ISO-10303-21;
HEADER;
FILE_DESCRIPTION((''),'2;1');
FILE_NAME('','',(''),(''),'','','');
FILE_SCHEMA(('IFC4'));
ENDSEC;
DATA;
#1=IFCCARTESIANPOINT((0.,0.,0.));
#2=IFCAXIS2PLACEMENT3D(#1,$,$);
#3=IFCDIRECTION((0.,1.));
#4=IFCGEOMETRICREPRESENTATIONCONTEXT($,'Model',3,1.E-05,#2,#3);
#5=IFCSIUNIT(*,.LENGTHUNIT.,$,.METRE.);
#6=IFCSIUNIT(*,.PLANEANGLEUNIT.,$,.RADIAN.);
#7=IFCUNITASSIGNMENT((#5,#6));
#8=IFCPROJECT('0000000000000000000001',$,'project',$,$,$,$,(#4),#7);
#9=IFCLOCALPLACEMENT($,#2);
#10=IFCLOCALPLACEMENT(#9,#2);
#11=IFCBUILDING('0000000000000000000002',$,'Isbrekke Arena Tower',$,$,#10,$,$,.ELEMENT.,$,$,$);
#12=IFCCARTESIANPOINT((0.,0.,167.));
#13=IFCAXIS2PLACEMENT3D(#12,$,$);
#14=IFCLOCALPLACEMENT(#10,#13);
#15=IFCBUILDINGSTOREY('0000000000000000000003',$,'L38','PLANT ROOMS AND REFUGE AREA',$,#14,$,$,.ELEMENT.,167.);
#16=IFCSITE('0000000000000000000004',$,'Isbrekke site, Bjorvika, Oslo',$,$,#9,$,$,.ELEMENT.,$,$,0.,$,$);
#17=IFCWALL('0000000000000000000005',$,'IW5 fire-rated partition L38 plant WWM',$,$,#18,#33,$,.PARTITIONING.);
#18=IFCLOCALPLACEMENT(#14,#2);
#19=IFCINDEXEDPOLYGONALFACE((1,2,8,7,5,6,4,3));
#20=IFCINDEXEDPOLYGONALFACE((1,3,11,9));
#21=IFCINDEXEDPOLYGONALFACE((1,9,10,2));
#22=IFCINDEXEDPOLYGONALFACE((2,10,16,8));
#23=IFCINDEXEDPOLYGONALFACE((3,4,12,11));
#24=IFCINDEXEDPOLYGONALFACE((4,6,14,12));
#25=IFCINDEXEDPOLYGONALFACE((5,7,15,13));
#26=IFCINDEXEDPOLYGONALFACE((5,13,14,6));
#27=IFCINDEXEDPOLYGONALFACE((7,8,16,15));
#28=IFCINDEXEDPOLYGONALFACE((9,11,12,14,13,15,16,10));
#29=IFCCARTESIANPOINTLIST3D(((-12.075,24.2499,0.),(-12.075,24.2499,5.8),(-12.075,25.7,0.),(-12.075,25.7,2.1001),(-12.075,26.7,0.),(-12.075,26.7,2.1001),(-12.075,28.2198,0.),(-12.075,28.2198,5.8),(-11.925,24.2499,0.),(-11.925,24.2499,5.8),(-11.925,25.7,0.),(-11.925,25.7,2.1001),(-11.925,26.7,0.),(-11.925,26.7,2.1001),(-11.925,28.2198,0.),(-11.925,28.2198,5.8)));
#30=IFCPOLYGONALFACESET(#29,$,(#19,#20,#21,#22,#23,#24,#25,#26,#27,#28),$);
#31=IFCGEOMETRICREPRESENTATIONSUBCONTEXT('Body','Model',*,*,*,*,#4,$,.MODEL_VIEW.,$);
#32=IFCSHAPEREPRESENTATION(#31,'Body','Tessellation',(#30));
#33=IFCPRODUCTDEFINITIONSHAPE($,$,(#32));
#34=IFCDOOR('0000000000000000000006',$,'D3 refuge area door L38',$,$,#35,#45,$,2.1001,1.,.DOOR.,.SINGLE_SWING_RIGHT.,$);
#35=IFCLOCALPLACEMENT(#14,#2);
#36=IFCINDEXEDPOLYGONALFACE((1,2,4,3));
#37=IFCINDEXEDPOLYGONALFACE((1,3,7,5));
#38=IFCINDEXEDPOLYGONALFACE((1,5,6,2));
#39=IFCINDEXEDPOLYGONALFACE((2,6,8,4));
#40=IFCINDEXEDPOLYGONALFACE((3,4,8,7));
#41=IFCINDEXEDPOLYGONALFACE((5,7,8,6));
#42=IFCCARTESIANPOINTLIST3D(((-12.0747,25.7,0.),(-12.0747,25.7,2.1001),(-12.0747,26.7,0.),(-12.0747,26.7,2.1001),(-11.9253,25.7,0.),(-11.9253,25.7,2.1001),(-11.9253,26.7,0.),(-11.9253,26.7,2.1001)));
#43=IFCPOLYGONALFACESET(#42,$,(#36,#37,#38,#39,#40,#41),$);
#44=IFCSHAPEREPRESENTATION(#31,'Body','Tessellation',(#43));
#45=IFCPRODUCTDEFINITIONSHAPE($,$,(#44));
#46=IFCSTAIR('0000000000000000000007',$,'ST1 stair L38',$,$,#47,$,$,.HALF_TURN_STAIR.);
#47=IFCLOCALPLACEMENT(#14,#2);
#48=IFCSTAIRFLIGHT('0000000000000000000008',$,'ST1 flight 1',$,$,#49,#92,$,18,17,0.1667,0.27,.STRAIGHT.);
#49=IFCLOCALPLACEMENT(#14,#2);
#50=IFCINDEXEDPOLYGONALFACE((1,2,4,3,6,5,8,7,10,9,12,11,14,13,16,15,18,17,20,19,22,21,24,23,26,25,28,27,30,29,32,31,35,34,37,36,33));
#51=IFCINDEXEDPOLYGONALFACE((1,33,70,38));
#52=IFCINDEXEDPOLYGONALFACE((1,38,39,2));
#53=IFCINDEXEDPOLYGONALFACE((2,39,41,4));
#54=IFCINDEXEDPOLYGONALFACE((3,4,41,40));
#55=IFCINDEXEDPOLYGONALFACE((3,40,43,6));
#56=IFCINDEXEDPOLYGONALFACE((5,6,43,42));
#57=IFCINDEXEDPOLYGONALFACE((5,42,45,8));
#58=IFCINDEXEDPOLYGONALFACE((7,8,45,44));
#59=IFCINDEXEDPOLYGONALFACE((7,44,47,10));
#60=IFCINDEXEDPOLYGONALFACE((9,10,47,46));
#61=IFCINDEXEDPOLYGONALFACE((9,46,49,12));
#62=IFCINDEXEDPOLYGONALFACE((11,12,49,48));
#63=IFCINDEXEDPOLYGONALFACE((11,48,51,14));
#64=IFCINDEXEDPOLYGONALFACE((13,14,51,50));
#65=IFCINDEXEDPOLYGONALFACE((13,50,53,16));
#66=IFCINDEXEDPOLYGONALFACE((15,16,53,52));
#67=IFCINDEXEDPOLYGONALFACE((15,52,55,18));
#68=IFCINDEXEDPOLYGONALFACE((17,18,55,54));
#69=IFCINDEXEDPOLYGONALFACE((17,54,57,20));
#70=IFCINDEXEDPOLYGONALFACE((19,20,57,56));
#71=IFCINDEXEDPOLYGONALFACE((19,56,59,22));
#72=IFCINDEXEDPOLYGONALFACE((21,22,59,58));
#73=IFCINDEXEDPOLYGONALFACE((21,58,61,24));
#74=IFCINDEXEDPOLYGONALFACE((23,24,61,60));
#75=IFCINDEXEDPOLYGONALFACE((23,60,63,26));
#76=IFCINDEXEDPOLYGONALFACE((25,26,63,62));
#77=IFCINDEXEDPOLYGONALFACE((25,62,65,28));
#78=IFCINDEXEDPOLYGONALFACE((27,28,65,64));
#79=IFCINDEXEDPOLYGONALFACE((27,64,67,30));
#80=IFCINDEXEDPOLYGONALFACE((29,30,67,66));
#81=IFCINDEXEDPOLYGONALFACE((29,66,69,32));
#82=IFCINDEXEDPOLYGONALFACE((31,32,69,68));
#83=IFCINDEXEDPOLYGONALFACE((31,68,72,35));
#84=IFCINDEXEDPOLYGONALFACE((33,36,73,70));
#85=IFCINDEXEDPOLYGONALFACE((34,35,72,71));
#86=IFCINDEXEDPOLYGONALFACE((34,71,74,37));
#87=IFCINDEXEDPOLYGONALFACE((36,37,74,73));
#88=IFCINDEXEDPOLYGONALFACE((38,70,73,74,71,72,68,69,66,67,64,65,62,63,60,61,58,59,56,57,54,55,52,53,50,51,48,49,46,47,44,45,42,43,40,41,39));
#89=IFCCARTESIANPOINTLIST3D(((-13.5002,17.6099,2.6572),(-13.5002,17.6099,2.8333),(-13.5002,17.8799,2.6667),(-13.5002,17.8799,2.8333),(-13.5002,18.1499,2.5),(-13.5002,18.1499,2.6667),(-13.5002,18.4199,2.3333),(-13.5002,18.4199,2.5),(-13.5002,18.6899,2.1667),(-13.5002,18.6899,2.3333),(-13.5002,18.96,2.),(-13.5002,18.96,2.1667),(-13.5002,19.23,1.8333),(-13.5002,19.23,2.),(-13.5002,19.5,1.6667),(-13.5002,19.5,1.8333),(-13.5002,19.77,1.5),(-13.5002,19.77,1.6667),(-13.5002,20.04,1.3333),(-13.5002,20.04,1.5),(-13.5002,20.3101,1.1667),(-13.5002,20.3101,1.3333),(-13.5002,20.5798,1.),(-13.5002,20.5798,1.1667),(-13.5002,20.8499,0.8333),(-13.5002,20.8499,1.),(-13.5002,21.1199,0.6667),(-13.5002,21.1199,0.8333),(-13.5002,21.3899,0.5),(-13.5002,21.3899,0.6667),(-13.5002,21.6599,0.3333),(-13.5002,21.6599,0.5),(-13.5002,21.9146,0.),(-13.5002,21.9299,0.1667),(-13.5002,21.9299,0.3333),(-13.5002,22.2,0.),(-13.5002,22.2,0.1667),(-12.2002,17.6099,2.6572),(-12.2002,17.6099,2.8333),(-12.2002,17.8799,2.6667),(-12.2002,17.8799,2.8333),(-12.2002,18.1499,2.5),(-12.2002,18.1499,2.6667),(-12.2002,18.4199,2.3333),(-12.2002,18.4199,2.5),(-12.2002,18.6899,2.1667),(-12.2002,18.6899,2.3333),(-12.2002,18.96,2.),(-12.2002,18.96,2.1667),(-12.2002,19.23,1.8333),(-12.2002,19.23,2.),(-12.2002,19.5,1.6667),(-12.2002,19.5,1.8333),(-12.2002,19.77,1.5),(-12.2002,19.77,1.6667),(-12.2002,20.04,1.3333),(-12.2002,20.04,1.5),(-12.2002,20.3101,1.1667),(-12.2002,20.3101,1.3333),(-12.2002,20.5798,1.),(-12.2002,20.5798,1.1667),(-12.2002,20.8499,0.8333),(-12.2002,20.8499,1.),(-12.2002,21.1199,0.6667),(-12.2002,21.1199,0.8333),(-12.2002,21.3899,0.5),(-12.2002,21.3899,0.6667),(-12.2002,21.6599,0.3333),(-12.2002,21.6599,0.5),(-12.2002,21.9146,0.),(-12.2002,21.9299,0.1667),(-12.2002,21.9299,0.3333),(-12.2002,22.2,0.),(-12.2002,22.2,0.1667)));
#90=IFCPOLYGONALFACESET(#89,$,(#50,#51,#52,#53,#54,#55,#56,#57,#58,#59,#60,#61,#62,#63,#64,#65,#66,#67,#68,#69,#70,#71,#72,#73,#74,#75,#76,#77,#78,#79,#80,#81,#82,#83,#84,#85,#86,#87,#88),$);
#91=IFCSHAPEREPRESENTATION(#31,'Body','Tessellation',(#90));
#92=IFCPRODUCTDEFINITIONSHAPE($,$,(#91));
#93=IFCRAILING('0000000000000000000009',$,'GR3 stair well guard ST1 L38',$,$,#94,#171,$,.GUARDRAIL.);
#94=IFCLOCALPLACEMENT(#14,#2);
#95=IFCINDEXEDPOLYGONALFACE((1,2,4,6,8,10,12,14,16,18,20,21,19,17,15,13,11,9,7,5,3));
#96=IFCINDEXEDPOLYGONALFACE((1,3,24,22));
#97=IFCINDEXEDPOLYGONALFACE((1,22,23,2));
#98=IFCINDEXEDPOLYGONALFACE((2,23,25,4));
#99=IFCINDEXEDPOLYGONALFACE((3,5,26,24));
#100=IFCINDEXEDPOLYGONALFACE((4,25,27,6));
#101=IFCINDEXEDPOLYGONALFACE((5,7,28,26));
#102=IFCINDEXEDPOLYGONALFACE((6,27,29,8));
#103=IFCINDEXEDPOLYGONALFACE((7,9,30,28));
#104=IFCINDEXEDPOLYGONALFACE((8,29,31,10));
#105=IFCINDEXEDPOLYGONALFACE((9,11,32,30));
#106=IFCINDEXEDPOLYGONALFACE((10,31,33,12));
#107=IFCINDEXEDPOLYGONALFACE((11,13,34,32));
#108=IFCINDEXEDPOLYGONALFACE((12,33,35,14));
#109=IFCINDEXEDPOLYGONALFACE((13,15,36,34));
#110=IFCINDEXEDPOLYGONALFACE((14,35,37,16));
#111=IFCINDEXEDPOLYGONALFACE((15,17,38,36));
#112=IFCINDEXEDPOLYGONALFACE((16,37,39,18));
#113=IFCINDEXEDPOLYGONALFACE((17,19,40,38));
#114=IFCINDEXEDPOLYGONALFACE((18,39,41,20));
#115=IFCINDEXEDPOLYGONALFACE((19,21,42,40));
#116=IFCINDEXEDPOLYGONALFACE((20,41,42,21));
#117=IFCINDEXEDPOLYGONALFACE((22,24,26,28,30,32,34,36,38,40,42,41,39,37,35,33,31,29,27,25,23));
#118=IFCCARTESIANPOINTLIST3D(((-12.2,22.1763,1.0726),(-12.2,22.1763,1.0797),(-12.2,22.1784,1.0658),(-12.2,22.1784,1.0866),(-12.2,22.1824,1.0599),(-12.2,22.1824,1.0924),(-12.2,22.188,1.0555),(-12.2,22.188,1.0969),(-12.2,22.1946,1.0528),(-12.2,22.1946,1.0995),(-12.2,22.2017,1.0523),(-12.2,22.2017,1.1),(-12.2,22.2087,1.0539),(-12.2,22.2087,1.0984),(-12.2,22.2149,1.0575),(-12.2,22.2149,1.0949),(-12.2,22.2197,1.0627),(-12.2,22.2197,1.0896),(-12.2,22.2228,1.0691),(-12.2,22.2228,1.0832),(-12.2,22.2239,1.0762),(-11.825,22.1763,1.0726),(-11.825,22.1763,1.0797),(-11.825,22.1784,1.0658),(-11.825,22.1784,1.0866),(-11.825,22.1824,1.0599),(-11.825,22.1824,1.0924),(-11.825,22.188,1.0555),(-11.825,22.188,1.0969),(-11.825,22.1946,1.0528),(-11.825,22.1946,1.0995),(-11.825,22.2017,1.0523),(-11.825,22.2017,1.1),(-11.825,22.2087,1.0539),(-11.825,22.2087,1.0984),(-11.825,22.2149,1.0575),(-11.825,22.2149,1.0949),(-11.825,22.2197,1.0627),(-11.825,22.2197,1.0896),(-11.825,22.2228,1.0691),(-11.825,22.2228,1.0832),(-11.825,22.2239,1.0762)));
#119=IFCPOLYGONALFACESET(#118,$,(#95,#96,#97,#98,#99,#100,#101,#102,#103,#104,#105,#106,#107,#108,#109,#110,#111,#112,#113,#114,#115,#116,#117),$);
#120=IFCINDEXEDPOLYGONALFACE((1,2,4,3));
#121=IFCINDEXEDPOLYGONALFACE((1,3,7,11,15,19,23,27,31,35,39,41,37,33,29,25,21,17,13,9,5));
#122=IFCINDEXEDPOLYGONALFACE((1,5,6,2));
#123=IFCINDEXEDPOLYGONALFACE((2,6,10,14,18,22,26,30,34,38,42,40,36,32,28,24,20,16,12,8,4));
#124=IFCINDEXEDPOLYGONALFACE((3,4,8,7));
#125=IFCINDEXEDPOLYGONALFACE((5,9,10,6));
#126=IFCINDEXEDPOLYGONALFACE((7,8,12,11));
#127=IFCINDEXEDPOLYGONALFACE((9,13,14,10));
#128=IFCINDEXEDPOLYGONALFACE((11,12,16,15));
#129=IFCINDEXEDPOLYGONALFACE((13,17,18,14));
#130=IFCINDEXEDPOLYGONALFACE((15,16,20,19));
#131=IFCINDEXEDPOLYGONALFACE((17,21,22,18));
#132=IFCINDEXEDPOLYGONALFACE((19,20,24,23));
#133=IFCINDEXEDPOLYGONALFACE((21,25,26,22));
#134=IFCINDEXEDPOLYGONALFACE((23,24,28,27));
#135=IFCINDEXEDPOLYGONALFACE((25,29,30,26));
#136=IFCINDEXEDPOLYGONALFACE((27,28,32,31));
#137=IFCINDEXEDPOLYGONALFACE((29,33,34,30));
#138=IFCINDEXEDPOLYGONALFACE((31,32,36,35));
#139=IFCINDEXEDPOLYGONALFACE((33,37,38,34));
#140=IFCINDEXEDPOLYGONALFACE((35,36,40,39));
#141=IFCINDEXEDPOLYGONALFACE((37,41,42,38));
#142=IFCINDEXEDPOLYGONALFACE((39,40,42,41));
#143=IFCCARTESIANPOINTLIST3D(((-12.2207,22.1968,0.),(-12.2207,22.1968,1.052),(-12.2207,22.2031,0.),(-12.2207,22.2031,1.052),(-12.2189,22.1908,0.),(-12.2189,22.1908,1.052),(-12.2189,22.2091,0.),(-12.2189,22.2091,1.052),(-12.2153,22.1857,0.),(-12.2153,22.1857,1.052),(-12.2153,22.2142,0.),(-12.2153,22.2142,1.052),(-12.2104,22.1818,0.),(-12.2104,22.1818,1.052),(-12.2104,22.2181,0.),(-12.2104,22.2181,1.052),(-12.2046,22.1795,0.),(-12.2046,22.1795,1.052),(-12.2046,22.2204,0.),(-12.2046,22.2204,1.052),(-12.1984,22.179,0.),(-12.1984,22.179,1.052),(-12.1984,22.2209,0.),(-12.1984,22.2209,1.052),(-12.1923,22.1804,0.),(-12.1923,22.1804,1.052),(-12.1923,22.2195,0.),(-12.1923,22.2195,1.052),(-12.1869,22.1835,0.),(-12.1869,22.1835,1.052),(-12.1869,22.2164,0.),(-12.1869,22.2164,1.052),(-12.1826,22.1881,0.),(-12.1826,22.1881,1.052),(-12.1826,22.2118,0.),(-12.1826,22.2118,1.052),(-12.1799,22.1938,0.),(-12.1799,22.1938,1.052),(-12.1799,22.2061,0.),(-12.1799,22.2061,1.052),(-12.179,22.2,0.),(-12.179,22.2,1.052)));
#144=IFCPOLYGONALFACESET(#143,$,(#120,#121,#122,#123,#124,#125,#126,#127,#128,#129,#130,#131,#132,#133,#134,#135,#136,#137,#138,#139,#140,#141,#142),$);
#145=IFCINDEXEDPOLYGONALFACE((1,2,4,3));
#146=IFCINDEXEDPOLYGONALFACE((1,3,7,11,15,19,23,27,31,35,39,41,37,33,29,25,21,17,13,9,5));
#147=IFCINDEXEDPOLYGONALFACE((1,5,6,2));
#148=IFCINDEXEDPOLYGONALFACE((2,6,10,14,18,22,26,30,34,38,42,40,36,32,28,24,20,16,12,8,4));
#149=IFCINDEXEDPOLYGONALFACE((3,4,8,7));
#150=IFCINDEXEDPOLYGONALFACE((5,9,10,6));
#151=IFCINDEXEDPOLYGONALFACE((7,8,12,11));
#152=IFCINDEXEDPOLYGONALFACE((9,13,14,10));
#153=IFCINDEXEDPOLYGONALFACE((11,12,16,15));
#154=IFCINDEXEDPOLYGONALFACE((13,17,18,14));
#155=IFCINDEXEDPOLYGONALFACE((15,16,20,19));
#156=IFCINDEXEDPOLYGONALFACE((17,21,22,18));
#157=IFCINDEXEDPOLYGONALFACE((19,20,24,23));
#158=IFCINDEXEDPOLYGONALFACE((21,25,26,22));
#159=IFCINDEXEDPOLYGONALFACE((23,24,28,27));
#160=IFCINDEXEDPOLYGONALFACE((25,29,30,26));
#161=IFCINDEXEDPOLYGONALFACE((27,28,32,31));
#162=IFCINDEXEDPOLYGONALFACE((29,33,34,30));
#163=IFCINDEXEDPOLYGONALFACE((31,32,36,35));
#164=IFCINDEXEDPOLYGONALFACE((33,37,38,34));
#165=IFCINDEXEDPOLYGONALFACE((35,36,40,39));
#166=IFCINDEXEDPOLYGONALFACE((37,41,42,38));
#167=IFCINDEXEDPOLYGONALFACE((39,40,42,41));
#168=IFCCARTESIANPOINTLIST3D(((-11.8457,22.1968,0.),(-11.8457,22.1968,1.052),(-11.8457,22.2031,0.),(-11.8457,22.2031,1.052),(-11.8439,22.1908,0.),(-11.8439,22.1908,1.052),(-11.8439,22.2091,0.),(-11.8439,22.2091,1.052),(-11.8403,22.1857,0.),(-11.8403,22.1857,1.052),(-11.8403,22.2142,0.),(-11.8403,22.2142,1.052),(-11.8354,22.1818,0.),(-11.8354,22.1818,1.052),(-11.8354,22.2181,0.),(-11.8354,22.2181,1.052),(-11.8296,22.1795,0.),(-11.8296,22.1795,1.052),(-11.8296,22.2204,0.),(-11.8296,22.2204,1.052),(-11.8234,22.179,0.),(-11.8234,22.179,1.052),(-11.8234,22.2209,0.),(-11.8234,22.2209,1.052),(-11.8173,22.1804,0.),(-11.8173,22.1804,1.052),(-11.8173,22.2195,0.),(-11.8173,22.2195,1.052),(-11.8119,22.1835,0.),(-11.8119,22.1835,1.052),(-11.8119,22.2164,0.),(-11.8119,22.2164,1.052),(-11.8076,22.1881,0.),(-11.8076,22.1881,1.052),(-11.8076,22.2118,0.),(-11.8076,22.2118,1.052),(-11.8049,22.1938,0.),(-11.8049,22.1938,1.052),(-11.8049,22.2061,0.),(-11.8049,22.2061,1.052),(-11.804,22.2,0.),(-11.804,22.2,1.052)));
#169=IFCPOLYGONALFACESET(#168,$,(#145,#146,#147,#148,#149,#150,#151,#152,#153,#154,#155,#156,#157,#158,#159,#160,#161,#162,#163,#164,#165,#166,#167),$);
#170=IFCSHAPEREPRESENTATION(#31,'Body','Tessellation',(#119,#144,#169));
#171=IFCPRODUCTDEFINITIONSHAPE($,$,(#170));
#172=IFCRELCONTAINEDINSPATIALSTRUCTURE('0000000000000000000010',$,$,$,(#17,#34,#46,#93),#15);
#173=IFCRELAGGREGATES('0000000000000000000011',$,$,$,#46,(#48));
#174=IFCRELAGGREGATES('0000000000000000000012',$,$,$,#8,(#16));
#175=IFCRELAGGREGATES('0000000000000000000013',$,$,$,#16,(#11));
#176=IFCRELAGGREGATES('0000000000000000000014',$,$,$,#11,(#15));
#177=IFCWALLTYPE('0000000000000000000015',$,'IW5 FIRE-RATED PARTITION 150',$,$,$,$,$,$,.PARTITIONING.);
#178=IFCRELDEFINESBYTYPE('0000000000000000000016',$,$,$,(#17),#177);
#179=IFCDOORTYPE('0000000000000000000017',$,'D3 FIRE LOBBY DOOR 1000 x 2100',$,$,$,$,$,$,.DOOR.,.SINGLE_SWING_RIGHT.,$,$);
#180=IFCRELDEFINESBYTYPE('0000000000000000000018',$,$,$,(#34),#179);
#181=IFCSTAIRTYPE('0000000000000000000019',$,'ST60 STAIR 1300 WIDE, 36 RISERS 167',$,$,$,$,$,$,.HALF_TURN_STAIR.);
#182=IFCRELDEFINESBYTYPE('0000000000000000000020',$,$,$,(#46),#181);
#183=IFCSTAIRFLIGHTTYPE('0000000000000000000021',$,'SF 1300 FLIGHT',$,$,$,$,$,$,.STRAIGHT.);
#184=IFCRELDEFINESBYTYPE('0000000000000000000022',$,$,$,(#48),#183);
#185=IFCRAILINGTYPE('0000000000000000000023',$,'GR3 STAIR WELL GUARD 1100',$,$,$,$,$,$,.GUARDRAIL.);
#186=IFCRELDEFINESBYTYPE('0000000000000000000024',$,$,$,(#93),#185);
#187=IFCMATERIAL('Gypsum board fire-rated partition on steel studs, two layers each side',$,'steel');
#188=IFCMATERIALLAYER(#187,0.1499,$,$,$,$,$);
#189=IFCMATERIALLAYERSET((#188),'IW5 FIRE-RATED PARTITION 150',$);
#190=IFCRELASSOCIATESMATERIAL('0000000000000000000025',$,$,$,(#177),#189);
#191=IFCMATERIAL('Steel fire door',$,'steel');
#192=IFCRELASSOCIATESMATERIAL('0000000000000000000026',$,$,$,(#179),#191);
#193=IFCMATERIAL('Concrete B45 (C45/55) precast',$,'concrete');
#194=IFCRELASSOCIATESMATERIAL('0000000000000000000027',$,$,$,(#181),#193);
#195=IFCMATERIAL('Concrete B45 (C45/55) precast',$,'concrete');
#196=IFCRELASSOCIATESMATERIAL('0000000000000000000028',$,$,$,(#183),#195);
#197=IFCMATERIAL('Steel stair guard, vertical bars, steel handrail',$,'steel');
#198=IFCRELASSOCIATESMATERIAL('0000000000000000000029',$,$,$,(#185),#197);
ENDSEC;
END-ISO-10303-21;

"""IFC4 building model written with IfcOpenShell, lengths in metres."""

from ifc_helpers import new_model, si_unit, direction, frame, frame_2d, origin, origin_2d, place, context, subcontext, project, spatial, polyline, rectangle, circle, outline, extrude, material, layer, layer_set, type_object, element, fill, aggregate, save


model = new_model("IFC4")

# Units and contexts
model_context = context("Model", 3, precision=1e-05, world=origin(), true_north=direction((0.0, 1.0)))
body_context = subcontext(model_context, "Body", "Model", "MODEL_VIEW")
ifc_project = project(units=[si_unit("LENGTHUNIT", "METRE"), si_unit("PLANEANGLEUNIT", "RADIAN")], contexts=[model_context])

# Site, building, storey
site_placement = place(None, origin())
site = spatial("IfcSite", under=ifc_project, at=site_placement, Name="Isbrekke site, Bjorvika, Oslo", CompositionType="ELEMENT", RefElevation=0.0)
building_placement = place(site_placement, origin())
building = spatial("IfcBuilding", under=site, at=building_placement, Name="Isbrekke Arena Tower", CompositionType="ELEMENT")
storey_placement = place(building_placement, frame((0.0, 0.0, 167.0)))
storey = spatial("IfcBuildingStorey", under=building, at=storey_placement, Name="L38", Description="PLANT ROOMS AND REFUGE AREA", CompositionType="ELEMENT", Elevation=167.0)

# Wall, opening, door
ifc_material_1 = material(Name="Gypsum board fire-rated partition on steel studs, two layers each side", Category="steel")
ifc_layer_1 = layer(ifc_material_1, 0.1499)
ifc_layer_set_1 = layer_set([ifc_layer_1], Name="IW5 FIRE-RATED PARTITION 150")
wall_type_1 = type_object("IfcWallType", Name="IW5 FIRE-RATED PARTITION 150", PredefinedType="PARTITIONING", material=ifc_layer_set_1)
wall_1_placement = place(storey_placement, frame((-12.0, 24.25, 0.0), z_axis=(0.0, 0.0, 1.0), x_axis=(0.0, 1.0, 0.0)))
wall_1 = element("IfcWall", 1, at=wall_1_placement, inside=storey, type_object=wall_type_1, Name="IW5 fire-rated partition L38 plant WWM", PredefinedType="PARTITIONING", context=body_context, shape_type="SweptSolid", body=[
    extrude(rectangle(XDim=3.97, YDim=0.1499, at=frame_2d((1.9849, 0.0))), origin(), (0.0, 0.0, 1.0), 5.8),
])
opening_placement = place(wall_1_placement, frame((1.45, 0.0, 0.0)))
opening = element("IfcOpeningElement", 2, at=opening_placement, cuts=wall_1, PredefinedType="OPENING", context=body_context, shape_type="SweptSolid", body=[
    extrude(rectangle(XDim=1.0, YDim=2.1001, at=frame_2d((0.5, 1.05))), frame((0.0, 0.0898, 0.0), z_axis=(0.0, -1.0, 0.0), x_axis=(1.0, 0.0, 0.0)), (0.0, 0.0, 1.0), 0.1797),
])
ifc_material_2 = material(Name="Steel fire door", Category="steel")
door_type = type_object("IfcDoorType", Name="D3 FIRE LOBBY DOOR 1000 x 2100", OperationType="SINGLE_SWING_RIGHT", PredefinedType="DOOR", material=ifc_material_2)
door_placement = place(opening_placement, origin())
door = element("IfcDoor", 3, at=door_placement, inside=storey, type_object=door_type, Name="D3 refuge area door L38", OperationType="SINGLE_SWING_RIGHT", OverallHeight=2.1001, OverallWidth=1.0, PredefinedType="DOOR", context=body_context, shape_type="SweptSolid", body=[
    extrude(rectangle(XDim=1.0, YDim=2.1001, at=frame_2d((0.5, 1.05))), frame((0.0, 0.0747, 0.0), z_axis=(0.0, -1.0, 0.0), x_axis=(1.0, 0.0, 0.0)), (0.0, 0.0, 1.0), 0.1494),
])
fill(opening, door)

# Stair, stair flight
ifc_material_3 = material(Name="Concrete B45 (C45/55) precast", Category="concrete")
stair_type = type_object("IfcStairType", Name="ST60 STAIR 1300 WIDE, 36 RISERS 167", PredefinedType="HALF_TURN_STAIR", material=ifc_material_3)
stair_placement = place(storey_placement, origin())
stair = element("IfcStair", 4, at=stair_placement, inside=storey, type_object=stair_type, Name="ST1 stair L38", PredefinedType="HALF_TURN_STAIR")
ifc_material_4 = material(Name="Concrete B45 (C45/55) precast", Category="concrete")
stair_flight_type = type_object("IfcStairFlightType", Name="SF 1300 FLIGHT", PredefinedType="STRAIGHT", material=ifc_material_4)
stair_flight_placement = place(storey_placement, frame((-12.8501, 22.2, 0.0), z_axis=(0.0, 0.0, 1.0), x_axis=(0.0, -1.0, 0.0)))
stair_flight = element("IfcStairFlight", 5, at=stair_flight_placement, type_object=stair_flight_type, Name="ST1 flight 1", NumberOfRisers=18, NumberOfTreads=17, PredefinedType="STRAIGHT", RiserHeight=0.1667, TreadLength=0.27, context=body_context, shape_type="SweptSolid", body=[
    extrude(outline(polyline([(0.0, 0.0), (0.0, 0.1667), (0.27, 0.1667), (0.27, 0.3333), (0.54, 0.3333), (0.54, 0.5), (0.8101, 0.5), (0.8101, 0.6667), (1.0801, 0.6667), (1.0801, 0.8333), (1.3501, 0.8333), (1.3501, 1.0), (1.6201, 1.0), (1.6201, 1.1667), (1.8899, 1.1667), (1.8899, 1.3333), (2.1599, 1.3333), (2.1599, 1.5), (2.4299, 1.5), (2.4299, 1.6667), (2.7, 1.6667), (2.7, 1.8333), (2.97, 1.8333), (2.97, 2.0), (3.24, 2.0), (3.24, 2.1667), (3.51, 2.1667), (3.51, 2.3333), (3.78, 2.3333), (3.78, 2.5), (4.05, 2.5), (4.05, 2.6667), (4.3201, 2.6667), (4.3201, 2.8333), (4.5901, 2.8333), (4.5901, 3.0), (4.5901, 2.6572), (0.2854, 0.0), (0.0, 0.0)])), frame((0.0, 0.6499, 0.0), z_axis=(0.0, -1.0, 0.0), x_axis=(1.0, 0.0, 0.0)), (0.0, 0.0, 1.0), 1.3),
])
aggregate(stair, [stair_flight])

# Railing
ifc_material_5 = material(Name="Steel stair guard, vertical bars, steel handrail", Category="steel")
railing_type = type_object("IfcRailingType", Name="GR3 STAIR WELL GUARD 1100", PredefinedType="GUARDRAIL", material=ifc_material_5)
railing_placement = place(storey_placement, frame((-12.2, 22.2, 0.0)))
element("IfcRailing", 6, at=railing_placement, inside=storey, type_object=railing_type, Name="GR3 stair well guard ST1 L38", PredefinedType="GUARDRAIL", context=body_context, shape_type="SweptSolid", body=[
    extrude(circle(Radius=0.0239, at=origin_2d()), frame((0.0, 0.0, 1.0762), z_axis=(1.0, 0.0, 0.0), x_axis=(0.0, 1.0, 0.0)), (0.0, 0.0, 1.0), 0.375),
    extrude(circle(Radius=0.021, at=origin_2d()), origin(), (0.0, 0.0, 1.0), 1.052),
    extrude(circle(Radius=0.021, at=origin_2d()), frame((0.375, 0.0, 0.0)), (0.0, 0.0, 1.0), 1.052),
])

save(model, "model.ifc")
